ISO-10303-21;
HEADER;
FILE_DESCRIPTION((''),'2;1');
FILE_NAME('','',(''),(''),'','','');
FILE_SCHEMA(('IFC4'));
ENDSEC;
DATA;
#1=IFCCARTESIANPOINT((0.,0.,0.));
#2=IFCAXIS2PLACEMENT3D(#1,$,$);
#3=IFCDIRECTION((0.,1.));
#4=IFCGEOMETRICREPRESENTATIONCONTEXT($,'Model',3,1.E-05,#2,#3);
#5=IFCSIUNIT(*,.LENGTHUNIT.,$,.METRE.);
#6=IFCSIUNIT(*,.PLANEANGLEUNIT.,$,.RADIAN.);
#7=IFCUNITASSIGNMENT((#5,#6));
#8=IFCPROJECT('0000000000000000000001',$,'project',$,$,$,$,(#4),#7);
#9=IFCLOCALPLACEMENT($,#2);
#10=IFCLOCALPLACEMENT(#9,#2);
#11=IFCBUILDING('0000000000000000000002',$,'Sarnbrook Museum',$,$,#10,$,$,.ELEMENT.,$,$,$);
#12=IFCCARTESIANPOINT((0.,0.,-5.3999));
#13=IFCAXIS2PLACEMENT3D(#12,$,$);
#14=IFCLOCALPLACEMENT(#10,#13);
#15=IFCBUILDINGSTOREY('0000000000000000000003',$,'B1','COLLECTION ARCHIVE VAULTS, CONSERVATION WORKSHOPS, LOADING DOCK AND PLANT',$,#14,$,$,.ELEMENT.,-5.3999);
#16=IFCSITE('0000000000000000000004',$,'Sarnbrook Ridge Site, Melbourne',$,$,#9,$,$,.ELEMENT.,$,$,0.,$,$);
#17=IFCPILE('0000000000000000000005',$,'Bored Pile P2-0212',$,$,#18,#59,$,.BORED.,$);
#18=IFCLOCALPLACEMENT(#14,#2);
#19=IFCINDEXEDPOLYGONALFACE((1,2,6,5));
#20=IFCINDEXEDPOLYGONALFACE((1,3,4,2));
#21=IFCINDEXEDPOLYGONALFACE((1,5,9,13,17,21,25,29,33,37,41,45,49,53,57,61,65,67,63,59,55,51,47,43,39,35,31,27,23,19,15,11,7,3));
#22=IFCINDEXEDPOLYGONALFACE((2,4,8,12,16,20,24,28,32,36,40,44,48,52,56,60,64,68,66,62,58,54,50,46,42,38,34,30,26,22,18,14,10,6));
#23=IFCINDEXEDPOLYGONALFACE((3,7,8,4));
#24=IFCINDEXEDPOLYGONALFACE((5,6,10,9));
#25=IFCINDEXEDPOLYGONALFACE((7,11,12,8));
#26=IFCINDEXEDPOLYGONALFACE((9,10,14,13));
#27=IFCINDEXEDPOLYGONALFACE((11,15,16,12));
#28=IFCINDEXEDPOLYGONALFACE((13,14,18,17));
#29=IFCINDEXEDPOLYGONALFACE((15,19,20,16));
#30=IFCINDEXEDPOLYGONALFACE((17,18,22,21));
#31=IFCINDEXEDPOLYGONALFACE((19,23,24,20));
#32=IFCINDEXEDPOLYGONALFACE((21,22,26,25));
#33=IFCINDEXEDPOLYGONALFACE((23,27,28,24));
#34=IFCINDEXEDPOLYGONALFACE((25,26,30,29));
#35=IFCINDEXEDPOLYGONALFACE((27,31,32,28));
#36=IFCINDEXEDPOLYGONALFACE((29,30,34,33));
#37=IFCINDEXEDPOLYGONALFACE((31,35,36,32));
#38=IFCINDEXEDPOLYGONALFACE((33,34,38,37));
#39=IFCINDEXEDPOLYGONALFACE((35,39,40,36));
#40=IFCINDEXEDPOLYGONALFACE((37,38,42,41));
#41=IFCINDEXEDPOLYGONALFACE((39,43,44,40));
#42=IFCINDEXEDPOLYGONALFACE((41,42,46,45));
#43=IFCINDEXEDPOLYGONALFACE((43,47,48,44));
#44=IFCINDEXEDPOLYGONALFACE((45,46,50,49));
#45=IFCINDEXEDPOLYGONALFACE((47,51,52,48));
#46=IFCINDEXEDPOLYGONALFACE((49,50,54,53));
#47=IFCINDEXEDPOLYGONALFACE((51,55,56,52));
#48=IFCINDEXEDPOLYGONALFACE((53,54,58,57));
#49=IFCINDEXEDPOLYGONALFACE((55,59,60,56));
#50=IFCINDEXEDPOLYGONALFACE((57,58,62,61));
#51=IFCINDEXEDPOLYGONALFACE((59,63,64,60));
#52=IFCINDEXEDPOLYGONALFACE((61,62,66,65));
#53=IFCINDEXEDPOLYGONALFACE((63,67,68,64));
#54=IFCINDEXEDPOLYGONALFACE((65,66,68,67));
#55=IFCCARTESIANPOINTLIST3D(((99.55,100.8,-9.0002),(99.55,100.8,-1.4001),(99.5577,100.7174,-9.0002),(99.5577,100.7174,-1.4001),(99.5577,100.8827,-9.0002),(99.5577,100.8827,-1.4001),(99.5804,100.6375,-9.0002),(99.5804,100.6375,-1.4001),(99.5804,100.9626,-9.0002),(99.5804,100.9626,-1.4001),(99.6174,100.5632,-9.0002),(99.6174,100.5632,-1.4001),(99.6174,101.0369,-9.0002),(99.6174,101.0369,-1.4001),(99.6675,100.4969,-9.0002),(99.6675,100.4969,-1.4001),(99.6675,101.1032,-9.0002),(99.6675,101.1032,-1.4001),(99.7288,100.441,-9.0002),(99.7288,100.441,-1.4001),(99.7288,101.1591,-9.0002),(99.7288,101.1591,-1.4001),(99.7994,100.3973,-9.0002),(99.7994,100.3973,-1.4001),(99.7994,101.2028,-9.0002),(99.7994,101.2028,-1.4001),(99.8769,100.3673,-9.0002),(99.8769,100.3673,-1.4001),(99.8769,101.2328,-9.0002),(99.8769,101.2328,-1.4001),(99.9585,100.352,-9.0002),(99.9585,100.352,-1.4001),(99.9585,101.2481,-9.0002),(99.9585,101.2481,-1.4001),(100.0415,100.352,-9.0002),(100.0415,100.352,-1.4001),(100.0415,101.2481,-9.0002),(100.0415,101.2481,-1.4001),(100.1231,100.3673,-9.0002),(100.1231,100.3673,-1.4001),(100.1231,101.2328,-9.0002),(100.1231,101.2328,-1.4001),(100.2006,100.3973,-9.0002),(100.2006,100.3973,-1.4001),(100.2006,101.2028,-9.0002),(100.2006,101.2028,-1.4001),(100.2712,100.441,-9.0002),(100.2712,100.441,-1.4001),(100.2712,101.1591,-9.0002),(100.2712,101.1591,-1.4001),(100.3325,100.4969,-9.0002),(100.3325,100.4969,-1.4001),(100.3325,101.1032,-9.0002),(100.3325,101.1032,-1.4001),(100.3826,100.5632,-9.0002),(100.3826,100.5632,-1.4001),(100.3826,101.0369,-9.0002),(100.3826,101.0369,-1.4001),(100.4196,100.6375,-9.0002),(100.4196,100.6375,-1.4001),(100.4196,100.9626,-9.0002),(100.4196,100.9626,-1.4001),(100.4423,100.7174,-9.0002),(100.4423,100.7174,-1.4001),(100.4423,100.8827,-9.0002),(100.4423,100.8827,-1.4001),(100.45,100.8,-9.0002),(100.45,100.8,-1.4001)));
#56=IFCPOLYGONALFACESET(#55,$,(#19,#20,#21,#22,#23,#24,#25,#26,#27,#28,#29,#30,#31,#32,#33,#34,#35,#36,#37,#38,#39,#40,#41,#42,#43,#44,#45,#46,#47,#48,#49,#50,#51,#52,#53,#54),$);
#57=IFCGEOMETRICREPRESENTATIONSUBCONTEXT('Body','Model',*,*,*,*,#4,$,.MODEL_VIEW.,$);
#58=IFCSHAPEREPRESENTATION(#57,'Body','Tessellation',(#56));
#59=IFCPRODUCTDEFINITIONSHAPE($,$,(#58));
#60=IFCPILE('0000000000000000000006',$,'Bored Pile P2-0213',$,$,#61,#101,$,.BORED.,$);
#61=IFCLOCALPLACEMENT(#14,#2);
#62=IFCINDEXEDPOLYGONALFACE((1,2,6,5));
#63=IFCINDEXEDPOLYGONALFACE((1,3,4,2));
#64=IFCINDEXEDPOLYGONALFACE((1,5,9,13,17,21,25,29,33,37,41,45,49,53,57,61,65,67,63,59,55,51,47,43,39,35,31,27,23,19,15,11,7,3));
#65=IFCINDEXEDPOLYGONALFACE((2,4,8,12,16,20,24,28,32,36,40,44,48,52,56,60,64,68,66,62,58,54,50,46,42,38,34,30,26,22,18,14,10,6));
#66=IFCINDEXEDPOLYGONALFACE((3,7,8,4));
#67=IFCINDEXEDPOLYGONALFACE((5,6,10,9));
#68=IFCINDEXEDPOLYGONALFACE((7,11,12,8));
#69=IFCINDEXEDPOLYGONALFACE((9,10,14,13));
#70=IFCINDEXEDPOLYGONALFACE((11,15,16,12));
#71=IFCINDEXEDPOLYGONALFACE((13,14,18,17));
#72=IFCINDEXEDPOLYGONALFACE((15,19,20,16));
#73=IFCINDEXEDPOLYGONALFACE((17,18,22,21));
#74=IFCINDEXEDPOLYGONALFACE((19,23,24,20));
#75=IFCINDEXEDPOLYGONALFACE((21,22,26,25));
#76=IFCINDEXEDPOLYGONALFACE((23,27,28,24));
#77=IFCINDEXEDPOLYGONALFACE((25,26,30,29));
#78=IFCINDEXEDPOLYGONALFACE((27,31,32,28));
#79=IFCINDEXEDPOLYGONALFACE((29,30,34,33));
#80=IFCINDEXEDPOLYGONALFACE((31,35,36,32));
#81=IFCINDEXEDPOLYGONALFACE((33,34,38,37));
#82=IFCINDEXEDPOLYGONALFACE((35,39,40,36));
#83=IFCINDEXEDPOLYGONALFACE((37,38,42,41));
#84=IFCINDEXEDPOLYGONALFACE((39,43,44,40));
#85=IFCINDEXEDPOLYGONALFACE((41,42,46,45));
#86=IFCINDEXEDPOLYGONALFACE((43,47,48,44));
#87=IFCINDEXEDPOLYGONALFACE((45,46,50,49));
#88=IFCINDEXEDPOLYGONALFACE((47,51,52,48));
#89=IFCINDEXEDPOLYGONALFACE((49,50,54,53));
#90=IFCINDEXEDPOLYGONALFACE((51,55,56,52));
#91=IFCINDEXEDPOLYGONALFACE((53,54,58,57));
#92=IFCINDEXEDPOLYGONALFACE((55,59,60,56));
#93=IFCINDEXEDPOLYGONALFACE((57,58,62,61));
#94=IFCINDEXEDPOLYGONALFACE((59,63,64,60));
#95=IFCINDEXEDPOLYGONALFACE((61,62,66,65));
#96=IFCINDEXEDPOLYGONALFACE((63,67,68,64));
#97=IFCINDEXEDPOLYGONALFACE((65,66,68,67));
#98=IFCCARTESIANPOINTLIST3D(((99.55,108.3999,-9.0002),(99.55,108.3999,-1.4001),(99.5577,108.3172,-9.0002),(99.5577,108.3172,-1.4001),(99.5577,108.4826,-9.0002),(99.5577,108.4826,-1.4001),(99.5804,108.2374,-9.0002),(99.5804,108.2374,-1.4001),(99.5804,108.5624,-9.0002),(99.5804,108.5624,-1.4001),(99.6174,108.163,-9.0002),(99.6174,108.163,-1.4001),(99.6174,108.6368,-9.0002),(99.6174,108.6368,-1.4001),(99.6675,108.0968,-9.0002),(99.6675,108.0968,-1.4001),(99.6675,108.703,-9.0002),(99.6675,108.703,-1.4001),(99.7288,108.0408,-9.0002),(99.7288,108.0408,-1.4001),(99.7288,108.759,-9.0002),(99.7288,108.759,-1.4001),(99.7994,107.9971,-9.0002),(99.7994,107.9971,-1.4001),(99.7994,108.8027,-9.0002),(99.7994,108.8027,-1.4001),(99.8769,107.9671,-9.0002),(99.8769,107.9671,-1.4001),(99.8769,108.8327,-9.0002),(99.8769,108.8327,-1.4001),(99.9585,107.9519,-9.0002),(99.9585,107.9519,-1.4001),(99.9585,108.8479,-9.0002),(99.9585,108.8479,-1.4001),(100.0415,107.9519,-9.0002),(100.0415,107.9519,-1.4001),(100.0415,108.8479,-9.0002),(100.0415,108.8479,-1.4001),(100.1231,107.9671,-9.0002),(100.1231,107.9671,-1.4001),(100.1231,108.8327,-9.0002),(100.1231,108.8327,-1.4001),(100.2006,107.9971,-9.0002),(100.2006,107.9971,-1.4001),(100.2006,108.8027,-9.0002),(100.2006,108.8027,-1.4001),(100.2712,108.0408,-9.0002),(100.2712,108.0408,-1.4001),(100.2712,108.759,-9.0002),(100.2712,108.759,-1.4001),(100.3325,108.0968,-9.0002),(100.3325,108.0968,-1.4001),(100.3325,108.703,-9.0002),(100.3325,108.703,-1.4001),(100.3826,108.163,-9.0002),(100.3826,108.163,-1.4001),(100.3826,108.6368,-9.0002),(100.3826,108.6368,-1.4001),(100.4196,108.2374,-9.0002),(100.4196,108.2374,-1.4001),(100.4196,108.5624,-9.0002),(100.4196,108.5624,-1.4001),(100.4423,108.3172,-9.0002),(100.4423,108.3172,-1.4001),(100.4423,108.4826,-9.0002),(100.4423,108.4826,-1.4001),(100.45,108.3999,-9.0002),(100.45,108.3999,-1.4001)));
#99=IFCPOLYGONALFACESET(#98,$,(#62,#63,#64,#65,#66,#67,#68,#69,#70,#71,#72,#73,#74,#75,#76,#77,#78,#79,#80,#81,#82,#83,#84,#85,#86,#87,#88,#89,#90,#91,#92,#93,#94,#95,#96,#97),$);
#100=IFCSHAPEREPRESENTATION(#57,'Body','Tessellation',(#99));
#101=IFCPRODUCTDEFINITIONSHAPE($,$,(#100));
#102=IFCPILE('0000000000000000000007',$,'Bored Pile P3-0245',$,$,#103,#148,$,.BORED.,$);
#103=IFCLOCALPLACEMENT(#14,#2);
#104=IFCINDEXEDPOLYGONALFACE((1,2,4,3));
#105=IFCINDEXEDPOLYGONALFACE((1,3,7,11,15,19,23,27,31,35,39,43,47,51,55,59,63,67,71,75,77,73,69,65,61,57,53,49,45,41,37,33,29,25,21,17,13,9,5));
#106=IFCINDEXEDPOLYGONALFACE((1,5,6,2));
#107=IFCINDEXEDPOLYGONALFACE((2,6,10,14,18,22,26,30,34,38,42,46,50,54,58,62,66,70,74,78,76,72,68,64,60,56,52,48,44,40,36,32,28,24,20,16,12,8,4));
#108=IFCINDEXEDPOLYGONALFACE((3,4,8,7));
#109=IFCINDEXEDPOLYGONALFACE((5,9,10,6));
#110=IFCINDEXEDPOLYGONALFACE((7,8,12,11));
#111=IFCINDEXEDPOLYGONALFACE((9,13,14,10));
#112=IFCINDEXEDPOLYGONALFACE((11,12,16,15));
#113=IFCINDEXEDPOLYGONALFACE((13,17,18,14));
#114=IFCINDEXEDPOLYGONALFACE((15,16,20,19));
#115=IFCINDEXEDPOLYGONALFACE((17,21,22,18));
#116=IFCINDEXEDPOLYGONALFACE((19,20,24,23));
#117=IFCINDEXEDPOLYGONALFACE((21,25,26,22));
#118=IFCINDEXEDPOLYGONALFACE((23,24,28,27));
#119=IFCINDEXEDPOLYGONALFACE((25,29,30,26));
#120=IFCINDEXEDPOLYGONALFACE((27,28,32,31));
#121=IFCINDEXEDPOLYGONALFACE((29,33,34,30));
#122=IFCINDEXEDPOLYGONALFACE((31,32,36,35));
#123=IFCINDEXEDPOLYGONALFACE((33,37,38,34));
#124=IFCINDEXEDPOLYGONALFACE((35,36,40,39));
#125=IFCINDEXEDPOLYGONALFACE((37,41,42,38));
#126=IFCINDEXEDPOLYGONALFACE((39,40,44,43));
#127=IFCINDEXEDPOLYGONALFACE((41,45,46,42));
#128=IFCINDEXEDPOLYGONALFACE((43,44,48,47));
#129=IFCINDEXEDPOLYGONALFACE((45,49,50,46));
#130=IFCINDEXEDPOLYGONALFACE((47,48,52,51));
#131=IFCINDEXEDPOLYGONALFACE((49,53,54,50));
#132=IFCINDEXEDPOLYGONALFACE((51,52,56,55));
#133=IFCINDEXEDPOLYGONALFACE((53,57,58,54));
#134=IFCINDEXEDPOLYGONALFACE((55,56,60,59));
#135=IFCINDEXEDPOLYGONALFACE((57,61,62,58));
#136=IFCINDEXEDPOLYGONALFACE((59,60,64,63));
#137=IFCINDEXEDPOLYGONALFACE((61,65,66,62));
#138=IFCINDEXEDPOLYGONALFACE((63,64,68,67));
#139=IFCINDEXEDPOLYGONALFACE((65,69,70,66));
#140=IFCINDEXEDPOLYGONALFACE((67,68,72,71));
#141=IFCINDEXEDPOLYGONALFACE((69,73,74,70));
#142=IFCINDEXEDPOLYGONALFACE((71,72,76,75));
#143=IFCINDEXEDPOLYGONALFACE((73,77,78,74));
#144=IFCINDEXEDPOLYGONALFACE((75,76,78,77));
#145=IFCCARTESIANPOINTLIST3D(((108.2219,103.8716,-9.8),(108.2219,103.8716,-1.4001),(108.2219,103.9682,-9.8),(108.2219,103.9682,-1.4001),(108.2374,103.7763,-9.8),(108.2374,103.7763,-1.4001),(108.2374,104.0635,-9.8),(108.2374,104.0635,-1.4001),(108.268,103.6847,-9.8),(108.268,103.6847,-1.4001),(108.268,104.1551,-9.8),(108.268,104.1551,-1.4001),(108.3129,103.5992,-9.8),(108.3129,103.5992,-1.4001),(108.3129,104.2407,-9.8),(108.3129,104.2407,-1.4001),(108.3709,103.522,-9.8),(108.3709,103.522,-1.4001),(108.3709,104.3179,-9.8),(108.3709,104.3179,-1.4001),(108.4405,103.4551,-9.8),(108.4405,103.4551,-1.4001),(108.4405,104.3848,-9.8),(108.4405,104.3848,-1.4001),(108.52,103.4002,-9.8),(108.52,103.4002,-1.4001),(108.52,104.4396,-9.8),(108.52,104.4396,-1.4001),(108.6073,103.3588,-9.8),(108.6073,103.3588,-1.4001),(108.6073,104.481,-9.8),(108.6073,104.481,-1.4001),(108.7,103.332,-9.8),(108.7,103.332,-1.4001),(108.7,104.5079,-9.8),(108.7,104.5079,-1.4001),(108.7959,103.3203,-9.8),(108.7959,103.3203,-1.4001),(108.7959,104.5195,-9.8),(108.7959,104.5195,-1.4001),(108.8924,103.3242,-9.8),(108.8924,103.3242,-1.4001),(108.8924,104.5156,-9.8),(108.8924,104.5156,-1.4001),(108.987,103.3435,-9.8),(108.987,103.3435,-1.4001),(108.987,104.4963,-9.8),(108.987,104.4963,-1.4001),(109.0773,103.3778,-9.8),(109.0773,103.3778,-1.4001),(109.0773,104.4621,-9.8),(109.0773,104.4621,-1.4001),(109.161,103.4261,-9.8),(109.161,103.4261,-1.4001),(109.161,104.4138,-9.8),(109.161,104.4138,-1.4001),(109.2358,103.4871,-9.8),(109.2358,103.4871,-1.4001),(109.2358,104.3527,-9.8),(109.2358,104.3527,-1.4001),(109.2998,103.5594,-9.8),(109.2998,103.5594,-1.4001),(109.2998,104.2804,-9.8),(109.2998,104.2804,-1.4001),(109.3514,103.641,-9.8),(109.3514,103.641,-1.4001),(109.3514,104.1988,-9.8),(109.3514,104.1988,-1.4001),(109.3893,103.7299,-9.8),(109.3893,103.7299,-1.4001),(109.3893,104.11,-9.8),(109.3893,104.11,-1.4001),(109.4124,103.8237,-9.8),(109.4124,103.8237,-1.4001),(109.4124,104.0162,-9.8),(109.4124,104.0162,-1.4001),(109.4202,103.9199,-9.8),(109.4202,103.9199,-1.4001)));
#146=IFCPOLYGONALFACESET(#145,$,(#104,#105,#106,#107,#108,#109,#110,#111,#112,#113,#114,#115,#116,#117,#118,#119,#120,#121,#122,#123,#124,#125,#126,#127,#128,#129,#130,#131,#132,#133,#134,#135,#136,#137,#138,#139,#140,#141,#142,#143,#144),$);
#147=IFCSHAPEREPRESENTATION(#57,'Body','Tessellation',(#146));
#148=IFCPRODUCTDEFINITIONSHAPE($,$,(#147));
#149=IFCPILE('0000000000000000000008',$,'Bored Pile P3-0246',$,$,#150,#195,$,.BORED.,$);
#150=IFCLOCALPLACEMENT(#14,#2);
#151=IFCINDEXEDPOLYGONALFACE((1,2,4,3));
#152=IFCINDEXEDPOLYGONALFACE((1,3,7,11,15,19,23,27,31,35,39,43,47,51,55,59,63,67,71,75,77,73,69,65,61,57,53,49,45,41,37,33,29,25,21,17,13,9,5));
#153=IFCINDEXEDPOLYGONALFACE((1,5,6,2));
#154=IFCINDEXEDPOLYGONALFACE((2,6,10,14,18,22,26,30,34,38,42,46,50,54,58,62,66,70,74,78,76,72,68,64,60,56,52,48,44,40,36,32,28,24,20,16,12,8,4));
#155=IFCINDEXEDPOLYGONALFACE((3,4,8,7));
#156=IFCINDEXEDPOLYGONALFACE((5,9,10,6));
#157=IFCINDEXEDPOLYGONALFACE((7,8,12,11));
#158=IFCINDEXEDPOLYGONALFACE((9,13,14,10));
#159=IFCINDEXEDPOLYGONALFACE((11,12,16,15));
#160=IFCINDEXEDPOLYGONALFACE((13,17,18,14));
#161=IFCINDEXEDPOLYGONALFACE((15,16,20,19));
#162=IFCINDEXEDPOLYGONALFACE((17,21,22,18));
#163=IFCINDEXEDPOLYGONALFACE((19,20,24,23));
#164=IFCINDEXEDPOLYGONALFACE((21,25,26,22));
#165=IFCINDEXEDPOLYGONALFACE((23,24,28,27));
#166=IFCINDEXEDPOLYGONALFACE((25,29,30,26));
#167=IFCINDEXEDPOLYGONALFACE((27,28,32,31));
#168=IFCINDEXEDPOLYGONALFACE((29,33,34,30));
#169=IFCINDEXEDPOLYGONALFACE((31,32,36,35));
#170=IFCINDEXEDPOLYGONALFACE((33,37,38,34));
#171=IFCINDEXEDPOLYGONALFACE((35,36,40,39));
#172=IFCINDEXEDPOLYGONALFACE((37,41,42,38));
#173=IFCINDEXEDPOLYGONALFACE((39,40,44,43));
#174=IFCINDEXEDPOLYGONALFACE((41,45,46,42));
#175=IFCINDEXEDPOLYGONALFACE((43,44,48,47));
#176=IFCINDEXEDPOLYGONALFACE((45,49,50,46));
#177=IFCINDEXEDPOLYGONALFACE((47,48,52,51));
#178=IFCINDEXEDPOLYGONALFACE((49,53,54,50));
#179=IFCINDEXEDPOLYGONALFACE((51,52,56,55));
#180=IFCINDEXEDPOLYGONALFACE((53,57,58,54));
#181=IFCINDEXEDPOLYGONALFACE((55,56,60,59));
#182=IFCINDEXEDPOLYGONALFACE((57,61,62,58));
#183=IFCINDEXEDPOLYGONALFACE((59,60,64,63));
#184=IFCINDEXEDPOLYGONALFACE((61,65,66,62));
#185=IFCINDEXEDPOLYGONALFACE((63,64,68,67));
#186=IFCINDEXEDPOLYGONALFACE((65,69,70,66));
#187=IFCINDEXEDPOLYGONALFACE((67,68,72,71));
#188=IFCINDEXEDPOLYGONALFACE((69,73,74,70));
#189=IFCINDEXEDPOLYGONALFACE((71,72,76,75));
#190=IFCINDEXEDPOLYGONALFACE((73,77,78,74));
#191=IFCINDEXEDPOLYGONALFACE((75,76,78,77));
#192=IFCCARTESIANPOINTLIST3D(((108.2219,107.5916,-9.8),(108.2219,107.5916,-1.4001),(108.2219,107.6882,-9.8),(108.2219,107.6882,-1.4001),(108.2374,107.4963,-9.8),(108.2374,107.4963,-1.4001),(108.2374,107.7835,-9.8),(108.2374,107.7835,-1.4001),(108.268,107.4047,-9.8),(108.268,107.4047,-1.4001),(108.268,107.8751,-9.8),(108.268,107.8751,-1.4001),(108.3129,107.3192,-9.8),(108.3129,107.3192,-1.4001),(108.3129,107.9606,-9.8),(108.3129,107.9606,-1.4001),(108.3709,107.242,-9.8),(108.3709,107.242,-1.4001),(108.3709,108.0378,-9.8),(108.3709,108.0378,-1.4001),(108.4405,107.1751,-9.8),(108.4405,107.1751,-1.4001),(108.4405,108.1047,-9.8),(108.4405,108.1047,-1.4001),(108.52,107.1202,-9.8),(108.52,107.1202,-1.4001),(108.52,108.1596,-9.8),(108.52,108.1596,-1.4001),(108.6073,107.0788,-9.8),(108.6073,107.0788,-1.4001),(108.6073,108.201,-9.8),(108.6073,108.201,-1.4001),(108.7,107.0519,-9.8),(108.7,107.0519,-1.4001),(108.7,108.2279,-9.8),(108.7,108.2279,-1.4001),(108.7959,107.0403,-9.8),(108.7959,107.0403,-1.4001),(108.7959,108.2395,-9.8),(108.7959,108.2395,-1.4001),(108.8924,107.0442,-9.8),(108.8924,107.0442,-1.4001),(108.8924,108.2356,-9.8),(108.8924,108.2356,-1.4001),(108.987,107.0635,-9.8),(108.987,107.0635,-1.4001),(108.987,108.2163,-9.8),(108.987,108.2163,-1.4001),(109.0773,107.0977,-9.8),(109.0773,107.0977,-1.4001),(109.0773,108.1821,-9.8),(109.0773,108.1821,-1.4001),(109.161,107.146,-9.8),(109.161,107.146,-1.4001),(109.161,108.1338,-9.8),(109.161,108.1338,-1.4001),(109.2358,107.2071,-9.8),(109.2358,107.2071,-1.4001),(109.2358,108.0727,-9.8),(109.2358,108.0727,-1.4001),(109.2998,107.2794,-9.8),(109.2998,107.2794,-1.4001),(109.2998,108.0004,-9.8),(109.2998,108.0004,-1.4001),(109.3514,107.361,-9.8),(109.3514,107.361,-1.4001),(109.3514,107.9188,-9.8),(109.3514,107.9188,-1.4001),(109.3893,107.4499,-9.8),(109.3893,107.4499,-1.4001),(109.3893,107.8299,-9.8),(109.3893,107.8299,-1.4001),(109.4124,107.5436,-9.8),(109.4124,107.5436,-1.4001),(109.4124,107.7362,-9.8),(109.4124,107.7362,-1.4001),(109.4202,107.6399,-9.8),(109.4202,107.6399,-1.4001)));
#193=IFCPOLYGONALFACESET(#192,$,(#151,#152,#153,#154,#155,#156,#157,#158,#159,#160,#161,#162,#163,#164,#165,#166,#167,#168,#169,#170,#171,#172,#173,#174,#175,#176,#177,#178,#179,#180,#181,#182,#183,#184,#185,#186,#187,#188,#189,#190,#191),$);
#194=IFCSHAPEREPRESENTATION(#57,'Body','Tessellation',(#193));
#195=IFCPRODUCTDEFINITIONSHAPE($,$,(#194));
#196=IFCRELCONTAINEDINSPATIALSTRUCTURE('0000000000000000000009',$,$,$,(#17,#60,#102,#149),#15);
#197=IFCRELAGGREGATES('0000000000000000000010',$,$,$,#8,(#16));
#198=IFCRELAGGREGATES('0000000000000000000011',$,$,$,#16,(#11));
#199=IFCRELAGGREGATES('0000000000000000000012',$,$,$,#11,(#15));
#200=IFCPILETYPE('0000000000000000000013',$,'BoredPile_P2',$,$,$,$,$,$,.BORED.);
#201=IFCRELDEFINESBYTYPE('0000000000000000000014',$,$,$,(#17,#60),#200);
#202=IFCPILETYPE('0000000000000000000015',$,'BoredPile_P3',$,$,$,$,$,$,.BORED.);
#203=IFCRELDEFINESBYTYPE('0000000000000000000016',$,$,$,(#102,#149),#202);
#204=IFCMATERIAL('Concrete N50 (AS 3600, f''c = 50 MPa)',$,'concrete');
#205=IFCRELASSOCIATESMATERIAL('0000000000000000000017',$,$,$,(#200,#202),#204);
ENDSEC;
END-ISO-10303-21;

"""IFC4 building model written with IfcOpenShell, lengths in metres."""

from ifc_helpers import new_model, si_unit, direction, frame, origin, origin_2d, place, context, subcontext, project, spatial, circle, extrude, material, material_profile, profile_set, type_object, element, save


model = new_model("IFC4")

# Units and contexts
model_context = context("Model", 3, precision=1e-05, world=origin(), true_north=direction((0.0, 1.0)))
body_context = subcontext(model_context, "Body", "Model", "MODEL_VIEW")
ifc_project = project(units=[si_unit("LENGTHUNIT", "METRE"), si_unit("PLANEANGLEUNIT", "RADIAN")], contexts=[model_context])

# Site, building, storey
site_placement = place(None, origin())
site = spatial("IfcSite", under=ifc_project, at=site_placement, Name="Sarnbrook Ridge Site, Melbourne", CompositionType="ELEMENT", RefElevation=0.0)
building_placement = place(site_placement, origin())
building = spatial("IfcBuilding", under=site, at=building_placement, Name="Sarnbrook Museum", CompositionType="ELEMENT")
storey_placement = place(building_placement, frame((0.0, 0.0, -5.3999)))
storey = spatial("IfcBuildingStorey", under=building, at=storey_placement, Name="B1", Description="COLLECTION ARCHIVE VAULTS, CONSERVATION WORKSHOPS, LOADING DOCK AND PLANT", CompositionType="ELEMENT", Elevation=-5.3999)

# Piles
ifc_material_1 = material(Name="Concrete N50 (AS 3600, f'c = 50 MPa)", Category="concrete")
ifc_material_profile_1 = material_profile(ifc_material_1, circle(Radius=0.45, at=origin_2d()), Name="BORED PILE D900")
ifc_profile_set_1 = profile_set([ifc_material_profile_1], Name="Concrete N50 (AS 3600, f'c = 50 MPa)")
pile_type_1 = type_object("IfcPileType", Name="BoredPile_P2", PredefinedType="BORED", material=ifc_profile_set_1)
for number, where, z_axis, x_axis, name in (
    (1, (100.0, 100.8, -1.4001), (0.0, 0.0, -1.0), (1.0, 0.0, 0.0), "Bored Pile P2-0212"),
    (2, (100.0, 108.3999, -1.4001), (0.0, 0.0, -1.0), (1.0, 0.0, 0.0), "Bored Pile P2-0213"),
):
    element("IfcPile", number, at=place(storey_placement, frame(where, z_axis=z_axis, x_axis=x_axis)), inside=storey, type_object=pile_type_1, Name=name, PredefinedType="BORED", context=body_context, shape_type="SweptSolid", body=[
        extrude(circle(Radius=0.45, at=origin_2d()), origin(), (0.0, 0.0, 1.0), 7.6001),
    ])
ifc_material_profile_2 = material_profile(ifc_material_1, circle(Radius=0.6001, at=origin_2d()), Name="BORED PILE D1200")
ifc_profile_set_2 = profile_set([ifc_material_profile_2], Name="Concrete N50 (AS 3600, f'c = 50 MPa)")
pile_type_2 = type_object("IfcPileType", Name="BoredPile_P3", PredefinedType="BORED", material=ifc_profile_set_2)
for number, where, z_axis, x_axis, name in (
    (3, (108.8201, 103.9199, -1.4001), (0.0, 0.0, -1.0), (1.0, 0.0, 0.0), "Bored Pile P3-0245"),
    (4, (108.8201, 107.6399, -1.4001), (0.0, 0.0, -1.0), (1.0, 0.0, 0.0), "Bored Pile P3-0246"),
):
    element("IfcPile", number, at=place(storey_placement, frame(where, z_axis=z_axis, x_axis=x_axis)), inside=storey, type_object=pile_type_2, Name=name, PredefinedType="BORED", context=body_context, shape_type="SweptSolid", body=[
        extrude(circle(Radius=0.6001, at=origin_2d()), origin(), (0.0, 0.0, 1.0), 8.3999),
    ])

save(model, "model.ifc")
